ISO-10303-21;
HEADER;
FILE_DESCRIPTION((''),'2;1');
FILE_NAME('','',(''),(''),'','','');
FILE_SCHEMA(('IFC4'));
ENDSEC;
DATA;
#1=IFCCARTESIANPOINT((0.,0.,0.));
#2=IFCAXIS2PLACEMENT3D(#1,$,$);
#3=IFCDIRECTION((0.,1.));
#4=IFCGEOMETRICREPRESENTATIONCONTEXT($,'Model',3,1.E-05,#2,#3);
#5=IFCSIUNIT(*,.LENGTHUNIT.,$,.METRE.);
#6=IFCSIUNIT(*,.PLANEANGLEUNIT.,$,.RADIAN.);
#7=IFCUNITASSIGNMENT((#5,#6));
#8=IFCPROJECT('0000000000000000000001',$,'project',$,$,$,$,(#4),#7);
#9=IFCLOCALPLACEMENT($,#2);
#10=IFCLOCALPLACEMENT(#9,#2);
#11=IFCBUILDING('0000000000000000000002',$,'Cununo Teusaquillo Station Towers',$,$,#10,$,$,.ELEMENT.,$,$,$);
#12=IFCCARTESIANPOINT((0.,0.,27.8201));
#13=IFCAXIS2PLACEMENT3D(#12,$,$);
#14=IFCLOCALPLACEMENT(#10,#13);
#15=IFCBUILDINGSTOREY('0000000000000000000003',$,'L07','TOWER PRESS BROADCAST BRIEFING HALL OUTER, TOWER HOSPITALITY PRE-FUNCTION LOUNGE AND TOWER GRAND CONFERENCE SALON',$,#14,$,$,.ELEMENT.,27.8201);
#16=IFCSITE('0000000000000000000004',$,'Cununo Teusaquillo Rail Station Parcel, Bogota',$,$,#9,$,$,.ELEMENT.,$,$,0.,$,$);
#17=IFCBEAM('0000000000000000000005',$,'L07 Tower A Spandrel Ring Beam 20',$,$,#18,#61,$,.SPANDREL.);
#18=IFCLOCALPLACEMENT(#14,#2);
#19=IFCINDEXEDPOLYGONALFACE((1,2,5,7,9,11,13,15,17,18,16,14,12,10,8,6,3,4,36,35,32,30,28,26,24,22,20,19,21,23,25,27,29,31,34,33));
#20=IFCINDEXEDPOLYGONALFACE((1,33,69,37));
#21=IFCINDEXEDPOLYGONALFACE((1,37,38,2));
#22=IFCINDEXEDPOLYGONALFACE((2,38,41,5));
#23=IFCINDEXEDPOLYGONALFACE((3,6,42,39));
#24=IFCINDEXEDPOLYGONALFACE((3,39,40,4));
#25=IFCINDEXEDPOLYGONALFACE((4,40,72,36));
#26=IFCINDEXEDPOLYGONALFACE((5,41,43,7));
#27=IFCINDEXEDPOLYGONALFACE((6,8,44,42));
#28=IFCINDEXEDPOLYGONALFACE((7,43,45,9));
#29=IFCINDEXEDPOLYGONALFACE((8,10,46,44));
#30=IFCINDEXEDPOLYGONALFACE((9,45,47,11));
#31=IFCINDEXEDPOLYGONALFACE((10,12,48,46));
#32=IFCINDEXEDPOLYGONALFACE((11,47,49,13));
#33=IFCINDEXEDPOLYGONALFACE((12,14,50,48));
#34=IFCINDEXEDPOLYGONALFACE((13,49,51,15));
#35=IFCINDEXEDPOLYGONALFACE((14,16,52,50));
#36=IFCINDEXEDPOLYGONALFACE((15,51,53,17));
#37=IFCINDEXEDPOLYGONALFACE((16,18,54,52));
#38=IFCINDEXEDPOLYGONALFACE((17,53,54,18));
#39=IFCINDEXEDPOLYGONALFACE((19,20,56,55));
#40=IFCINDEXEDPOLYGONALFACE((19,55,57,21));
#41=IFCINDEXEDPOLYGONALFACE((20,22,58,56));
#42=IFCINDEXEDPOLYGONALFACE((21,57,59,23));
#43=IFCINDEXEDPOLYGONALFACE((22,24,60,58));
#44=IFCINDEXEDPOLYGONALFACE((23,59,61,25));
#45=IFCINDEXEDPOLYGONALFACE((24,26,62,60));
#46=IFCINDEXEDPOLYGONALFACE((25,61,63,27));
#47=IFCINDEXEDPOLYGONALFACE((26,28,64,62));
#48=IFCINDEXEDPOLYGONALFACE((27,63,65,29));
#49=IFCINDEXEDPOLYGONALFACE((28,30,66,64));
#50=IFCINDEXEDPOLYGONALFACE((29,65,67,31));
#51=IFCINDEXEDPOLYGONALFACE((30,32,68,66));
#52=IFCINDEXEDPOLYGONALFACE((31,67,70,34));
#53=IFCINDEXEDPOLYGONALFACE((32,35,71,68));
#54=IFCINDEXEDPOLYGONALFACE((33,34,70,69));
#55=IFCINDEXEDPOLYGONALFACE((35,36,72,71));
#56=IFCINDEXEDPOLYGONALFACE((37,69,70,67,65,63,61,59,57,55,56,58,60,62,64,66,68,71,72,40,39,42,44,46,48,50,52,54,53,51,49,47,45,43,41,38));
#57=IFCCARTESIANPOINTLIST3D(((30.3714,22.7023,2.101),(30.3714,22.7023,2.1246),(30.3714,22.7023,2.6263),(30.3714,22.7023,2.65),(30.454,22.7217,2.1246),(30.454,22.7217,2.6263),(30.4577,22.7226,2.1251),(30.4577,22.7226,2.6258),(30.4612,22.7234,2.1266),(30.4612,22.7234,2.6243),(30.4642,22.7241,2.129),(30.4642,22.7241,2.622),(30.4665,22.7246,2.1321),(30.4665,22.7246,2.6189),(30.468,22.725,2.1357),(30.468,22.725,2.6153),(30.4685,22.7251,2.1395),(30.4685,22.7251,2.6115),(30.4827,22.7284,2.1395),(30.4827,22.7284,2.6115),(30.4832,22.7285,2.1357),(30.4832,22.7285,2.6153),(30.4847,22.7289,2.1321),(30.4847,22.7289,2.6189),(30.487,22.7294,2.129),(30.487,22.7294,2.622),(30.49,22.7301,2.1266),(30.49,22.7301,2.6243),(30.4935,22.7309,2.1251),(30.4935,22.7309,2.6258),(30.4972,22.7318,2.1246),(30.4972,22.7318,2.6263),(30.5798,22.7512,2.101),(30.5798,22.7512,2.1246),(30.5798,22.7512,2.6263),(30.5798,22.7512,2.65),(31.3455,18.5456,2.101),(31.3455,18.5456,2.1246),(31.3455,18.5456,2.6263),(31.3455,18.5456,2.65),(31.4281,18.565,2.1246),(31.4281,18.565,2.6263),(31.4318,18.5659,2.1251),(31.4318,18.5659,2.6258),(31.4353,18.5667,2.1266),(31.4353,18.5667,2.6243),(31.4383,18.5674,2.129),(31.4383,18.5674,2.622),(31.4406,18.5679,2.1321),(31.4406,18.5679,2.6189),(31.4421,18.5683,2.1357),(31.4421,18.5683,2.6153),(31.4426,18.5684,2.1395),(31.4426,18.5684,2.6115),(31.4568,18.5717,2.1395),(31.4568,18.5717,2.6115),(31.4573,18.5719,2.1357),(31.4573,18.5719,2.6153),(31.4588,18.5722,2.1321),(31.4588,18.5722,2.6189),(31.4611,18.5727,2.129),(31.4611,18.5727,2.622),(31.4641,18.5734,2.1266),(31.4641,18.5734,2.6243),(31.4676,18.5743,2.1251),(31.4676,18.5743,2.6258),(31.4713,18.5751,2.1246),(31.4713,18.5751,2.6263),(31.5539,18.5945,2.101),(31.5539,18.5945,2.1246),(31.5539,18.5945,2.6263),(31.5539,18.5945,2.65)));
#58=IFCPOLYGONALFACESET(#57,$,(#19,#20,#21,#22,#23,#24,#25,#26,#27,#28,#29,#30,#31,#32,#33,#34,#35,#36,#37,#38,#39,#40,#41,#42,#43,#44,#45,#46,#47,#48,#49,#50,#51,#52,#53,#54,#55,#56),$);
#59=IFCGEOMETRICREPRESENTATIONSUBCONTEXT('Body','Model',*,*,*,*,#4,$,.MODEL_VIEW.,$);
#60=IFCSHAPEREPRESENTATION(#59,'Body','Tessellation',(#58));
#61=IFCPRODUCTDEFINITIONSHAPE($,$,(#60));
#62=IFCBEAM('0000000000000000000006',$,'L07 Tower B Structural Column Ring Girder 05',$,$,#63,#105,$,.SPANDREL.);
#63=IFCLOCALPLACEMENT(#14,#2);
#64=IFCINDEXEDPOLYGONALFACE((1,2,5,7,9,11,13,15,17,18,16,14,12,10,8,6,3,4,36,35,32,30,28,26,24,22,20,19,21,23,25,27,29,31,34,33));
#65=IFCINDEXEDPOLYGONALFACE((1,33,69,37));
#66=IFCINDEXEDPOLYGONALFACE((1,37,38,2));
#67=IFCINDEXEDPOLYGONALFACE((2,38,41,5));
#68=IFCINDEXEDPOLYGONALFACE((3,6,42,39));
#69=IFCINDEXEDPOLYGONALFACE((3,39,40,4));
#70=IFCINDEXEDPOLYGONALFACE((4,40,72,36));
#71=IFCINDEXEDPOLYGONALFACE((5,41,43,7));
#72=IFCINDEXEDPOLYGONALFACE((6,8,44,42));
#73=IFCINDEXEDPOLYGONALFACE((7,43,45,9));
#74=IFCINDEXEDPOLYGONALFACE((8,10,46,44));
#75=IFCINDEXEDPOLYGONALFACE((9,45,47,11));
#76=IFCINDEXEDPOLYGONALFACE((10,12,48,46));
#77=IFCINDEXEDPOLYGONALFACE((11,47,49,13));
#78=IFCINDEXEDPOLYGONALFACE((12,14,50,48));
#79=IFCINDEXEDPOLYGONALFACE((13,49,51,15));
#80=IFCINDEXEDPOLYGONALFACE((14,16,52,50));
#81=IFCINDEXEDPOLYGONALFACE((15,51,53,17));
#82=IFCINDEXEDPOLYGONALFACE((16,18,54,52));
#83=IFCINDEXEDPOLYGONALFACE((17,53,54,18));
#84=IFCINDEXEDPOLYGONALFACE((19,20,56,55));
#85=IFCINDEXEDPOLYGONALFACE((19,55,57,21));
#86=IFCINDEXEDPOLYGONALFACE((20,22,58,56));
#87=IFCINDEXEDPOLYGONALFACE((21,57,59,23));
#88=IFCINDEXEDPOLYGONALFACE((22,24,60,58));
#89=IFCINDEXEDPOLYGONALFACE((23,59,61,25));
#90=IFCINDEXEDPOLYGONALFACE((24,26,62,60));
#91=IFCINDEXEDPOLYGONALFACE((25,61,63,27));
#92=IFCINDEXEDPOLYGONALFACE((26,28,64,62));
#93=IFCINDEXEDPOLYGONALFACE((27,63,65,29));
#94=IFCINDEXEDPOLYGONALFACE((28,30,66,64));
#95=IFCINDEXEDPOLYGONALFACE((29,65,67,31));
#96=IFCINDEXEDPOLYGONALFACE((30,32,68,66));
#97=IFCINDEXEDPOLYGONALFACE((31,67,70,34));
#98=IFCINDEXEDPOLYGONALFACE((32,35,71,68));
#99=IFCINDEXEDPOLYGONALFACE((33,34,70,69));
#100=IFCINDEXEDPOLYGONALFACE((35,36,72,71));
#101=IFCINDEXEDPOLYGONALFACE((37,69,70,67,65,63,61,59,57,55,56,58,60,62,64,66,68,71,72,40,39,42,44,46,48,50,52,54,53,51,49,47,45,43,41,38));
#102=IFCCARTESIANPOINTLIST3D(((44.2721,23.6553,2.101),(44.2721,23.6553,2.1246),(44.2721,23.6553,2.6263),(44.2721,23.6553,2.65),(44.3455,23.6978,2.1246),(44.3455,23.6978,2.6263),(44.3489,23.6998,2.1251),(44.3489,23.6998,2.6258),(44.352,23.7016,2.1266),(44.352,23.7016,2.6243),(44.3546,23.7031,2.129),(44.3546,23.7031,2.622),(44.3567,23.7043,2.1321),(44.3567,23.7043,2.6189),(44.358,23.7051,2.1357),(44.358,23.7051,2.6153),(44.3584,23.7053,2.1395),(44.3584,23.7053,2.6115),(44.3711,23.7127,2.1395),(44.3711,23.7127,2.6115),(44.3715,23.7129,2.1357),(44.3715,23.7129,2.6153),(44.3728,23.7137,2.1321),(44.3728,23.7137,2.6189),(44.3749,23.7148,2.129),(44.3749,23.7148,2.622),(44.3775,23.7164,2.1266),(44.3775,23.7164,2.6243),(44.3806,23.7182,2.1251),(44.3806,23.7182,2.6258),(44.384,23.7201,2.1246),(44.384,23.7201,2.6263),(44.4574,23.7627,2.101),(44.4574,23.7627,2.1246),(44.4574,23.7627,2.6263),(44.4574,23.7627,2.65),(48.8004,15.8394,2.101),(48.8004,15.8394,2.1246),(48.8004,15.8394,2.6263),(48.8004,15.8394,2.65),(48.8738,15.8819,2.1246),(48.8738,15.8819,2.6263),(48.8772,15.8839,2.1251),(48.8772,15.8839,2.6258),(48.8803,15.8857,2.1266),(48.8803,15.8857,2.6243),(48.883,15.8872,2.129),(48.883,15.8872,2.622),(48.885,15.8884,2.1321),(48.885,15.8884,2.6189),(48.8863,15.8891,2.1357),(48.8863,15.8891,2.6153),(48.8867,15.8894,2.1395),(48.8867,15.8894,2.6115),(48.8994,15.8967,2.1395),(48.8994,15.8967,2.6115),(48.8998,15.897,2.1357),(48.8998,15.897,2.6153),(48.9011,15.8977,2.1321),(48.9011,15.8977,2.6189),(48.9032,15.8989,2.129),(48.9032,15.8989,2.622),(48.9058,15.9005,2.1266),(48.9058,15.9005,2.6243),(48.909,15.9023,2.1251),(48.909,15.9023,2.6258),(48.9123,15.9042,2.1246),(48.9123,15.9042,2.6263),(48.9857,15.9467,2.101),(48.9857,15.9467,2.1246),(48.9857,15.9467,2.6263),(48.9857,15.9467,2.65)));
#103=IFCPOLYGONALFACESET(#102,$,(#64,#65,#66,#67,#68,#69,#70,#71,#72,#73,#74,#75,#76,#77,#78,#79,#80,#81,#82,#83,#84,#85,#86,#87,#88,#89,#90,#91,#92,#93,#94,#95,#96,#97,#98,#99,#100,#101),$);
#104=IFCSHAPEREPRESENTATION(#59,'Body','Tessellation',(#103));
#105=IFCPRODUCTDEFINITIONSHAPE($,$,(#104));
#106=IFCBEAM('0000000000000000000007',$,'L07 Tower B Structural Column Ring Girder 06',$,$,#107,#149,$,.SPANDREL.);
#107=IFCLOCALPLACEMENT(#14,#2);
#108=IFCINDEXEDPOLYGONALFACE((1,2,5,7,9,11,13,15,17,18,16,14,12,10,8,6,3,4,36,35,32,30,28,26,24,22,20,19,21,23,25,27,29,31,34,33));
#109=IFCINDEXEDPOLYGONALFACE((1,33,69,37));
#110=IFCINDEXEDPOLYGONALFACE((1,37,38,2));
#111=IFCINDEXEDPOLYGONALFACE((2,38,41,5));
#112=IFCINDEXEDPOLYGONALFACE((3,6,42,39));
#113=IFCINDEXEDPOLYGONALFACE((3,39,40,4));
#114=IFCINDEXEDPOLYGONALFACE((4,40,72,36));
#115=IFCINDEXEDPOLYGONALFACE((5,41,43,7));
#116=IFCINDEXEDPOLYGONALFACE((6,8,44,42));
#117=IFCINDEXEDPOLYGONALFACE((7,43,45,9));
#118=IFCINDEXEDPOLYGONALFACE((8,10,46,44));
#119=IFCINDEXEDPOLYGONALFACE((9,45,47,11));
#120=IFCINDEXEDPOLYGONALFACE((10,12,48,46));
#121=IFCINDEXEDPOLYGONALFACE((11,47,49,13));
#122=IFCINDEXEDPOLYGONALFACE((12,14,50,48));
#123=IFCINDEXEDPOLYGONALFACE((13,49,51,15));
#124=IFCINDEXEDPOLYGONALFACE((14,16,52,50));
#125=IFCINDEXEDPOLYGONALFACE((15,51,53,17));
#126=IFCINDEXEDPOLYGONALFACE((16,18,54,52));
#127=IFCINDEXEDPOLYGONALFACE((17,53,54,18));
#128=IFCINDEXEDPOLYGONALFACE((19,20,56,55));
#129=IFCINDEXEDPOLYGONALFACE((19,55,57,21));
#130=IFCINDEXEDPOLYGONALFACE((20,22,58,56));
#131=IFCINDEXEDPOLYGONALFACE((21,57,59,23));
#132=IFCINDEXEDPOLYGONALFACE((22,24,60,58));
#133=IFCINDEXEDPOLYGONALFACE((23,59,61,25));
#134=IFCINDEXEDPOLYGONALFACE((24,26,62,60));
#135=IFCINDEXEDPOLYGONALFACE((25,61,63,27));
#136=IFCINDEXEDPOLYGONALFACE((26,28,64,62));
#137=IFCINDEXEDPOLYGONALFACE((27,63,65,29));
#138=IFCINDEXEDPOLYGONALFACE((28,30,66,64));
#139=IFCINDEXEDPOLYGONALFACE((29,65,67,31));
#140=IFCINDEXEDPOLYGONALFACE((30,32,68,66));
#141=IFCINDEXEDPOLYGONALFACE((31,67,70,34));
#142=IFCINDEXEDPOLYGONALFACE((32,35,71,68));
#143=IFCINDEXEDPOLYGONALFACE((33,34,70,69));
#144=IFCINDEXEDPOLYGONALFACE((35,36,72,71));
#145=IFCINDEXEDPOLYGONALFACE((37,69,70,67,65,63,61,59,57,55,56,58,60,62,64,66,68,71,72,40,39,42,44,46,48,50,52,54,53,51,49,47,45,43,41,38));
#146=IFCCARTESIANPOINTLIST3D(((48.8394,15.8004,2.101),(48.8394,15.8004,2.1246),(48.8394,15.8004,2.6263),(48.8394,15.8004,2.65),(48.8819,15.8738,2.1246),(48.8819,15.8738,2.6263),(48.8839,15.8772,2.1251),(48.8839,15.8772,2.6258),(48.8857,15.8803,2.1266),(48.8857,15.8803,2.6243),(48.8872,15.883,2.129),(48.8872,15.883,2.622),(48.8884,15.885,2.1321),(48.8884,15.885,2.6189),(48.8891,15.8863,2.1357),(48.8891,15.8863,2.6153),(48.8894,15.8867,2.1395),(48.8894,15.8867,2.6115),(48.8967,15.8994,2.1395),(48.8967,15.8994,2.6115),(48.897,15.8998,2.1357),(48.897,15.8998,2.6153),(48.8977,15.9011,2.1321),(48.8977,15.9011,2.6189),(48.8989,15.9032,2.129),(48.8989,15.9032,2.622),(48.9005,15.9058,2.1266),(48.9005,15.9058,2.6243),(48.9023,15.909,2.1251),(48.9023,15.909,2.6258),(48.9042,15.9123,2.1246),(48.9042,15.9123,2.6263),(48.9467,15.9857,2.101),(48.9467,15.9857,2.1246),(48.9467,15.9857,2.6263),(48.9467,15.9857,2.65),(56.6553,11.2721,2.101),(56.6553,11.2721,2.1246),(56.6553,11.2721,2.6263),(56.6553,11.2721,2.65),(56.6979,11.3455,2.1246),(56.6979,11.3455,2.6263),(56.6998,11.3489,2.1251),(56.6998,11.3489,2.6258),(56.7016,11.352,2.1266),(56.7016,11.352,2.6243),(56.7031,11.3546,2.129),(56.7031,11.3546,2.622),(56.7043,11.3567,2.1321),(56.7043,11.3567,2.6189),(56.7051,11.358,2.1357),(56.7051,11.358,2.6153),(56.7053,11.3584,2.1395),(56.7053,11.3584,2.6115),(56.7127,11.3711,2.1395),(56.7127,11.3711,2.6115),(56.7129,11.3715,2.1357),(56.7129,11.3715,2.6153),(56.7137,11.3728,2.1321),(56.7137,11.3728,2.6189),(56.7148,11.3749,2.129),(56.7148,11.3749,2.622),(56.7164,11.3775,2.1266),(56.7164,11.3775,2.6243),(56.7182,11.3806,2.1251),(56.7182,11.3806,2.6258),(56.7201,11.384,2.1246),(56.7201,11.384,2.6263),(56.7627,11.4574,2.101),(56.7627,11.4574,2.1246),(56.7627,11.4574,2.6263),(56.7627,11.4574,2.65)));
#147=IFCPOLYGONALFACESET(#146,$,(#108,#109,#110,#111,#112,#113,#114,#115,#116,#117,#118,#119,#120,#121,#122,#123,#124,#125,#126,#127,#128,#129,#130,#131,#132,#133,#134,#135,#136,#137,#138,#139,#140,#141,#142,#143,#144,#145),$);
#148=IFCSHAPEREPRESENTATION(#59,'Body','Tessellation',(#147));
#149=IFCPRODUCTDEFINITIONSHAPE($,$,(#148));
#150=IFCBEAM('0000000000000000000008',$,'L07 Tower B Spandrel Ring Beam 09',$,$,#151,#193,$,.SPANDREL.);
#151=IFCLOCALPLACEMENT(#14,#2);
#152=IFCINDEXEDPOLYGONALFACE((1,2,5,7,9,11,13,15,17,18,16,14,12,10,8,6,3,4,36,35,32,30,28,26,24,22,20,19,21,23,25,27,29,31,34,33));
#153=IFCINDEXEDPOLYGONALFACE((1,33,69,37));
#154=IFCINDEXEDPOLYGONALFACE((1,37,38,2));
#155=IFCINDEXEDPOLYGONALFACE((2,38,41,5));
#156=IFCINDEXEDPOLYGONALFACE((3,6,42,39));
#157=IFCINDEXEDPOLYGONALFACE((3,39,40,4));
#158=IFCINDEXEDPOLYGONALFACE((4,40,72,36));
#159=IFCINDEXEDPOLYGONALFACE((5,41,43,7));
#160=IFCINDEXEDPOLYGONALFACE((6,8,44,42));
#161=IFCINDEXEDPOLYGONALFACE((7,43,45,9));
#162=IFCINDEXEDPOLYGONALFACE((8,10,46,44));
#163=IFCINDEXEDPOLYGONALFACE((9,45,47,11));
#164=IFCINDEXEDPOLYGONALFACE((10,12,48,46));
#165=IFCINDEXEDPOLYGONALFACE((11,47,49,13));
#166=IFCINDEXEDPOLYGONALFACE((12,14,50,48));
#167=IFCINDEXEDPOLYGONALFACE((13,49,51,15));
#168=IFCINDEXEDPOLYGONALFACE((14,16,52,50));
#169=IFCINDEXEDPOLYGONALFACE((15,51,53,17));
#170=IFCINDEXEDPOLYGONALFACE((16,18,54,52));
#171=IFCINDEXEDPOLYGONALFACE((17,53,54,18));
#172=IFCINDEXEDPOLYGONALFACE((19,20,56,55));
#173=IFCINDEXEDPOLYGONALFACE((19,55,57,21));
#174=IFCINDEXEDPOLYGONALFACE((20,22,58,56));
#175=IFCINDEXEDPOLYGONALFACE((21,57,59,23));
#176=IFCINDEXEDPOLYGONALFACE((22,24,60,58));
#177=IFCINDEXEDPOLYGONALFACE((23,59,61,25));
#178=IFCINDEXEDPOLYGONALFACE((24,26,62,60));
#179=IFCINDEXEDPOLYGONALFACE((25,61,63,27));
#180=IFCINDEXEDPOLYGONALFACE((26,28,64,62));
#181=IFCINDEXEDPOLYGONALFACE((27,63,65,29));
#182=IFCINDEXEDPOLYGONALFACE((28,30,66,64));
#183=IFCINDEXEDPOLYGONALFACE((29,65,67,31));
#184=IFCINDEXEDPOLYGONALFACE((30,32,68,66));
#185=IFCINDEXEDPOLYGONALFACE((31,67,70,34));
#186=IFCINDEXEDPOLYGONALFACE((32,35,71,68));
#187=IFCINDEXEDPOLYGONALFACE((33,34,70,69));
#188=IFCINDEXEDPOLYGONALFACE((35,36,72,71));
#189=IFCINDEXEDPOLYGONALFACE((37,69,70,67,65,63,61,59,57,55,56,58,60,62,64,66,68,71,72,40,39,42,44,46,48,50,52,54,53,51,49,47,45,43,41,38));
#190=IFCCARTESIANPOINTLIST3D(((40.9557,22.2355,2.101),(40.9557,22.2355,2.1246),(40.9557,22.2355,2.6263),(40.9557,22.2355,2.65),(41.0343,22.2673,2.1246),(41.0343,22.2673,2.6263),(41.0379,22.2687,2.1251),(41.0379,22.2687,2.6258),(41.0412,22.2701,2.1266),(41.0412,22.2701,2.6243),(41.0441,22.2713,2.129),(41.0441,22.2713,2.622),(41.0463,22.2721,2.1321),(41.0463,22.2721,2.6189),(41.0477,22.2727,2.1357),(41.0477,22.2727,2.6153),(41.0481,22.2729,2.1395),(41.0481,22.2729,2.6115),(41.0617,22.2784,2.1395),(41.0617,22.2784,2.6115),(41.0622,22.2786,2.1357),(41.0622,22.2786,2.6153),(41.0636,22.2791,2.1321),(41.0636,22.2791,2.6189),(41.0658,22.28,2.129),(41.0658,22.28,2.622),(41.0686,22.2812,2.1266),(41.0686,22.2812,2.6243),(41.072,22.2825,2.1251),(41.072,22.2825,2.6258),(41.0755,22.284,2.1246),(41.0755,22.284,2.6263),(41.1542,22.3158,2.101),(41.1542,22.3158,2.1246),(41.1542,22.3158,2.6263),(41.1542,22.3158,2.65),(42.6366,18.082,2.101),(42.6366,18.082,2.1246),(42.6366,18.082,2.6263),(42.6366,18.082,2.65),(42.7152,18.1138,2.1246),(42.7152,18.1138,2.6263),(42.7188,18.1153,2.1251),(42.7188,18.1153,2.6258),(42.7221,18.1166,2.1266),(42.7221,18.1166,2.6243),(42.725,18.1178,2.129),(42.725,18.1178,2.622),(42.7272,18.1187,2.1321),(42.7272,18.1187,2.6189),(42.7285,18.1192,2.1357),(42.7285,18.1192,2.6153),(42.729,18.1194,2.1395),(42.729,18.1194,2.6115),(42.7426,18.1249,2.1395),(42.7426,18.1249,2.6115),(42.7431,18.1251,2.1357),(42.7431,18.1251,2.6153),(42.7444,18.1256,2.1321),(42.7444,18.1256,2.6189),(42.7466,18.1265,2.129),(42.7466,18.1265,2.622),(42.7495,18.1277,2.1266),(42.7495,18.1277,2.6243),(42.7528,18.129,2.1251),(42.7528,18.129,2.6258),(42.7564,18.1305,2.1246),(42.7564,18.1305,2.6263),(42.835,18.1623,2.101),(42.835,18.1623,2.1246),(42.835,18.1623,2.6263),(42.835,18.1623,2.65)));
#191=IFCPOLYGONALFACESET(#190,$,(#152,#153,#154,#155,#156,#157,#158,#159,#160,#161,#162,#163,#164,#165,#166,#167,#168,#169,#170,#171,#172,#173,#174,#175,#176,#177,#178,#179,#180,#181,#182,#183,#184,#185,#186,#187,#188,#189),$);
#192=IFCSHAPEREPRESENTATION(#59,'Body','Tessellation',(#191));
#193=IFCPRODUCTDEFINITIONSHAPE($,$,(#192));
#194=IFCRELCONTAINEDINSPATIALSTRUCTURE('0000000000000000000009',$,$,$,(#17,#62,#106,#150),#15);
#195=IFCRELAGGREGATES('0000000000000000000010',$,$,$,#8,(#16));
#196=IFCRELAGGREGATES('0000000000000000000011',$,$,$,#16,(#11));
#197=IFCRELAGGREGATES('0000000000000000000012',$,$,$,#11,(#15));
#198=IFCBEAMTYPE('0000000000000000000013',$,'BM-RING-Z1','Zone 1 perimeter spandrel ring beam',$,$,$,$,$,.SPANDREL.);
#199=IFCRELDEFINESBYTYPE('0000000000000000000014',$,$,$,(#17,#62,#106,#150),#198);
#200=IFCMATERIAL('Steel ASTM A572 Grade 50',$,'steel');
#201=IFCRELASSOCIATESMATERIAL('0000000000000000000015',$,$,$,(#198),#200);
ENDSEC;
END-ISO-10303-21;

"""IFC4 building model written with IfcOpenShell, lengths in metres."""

from ifc_helpers import new_model, si_unit, direction, frame, origin, origin_2d, place, context, subcontext, project, spatial, i_section, extrude, material, material_profile, profile_set, type_object, element, save


model = new_model("IFC4")

# Units and contexts
model_context = context("Model", 3, precision=1e-05, world=origin(), true_north=direction((0.0, 1.0)))
body_context = subcontext(model_context, "Body", "Model", "MODEL_VIEW")
ifc_project = project(units=[si_unit("LENGTHUNIT", "METRE"), si_unit("PLANEANGLEUNIT", "RADIAN")], contexts=[model_context])

# Site, building, storey
site_placement = place(None, origin())
site = spatial("IfcSite", under=ifc_project, at=site_placement, Name="Cununo Teusaquillo Rail Station Parcel, Bogota", CompositionType="ELEMENT", RefElevation=0.0)
building_placement = place(site_placement, origin())
building = spatial("IfcBuilding", under=site, at=building_placement, Name="Cununo Teusaquillo Station Towers", CompositionType="ELEMENT")
storey_placement = place(building_placement, frame((0.0, 0.0, 27.8201)))
storey = spatial("IfcBuildingStorey", under=building, at=storey_placement, Name="L07", Description="TOWER PRESS BROADCAST BRIEFING HALL OUTER, TOWER HOSPITALITY PRE-FUNCTION LOUNGE AND TOWER GRAND CONFERENCE SALON", CompositionType="ELEMENT", Elevation=27.8201)

# Beams
ifc_material_1 = material(Name="Steel ASTM A572 Grade 50", Category="steel")
ifc_material_profile_1 = material_profile(ifc_material_1, i_section(OverallWidth=0.2141, OverallDepth=0.5491, WebThickness=0.0146, FlangeThickness=0.0237, FilletRadius=0.0149, at=origin_2d()), Name="W21X93")
ifc_profile_set_1 = profile_set([ifc_material_profile_1], Name="Steel ASTM A572 Grade 50")
beam_type_1 = type_object("IfcBeamType", Name="BM-RING-Z1", Description="Zone 1 perimeter spandrel ring beam", PredefinedType="SPANDREL", material=ifc_profile_set_1)
beam_1_placement = place(storey_placement, frame((31.4497, 18.5701, 2.3755), z_axis=(-0.228166, 0.973622, 0.0), x_axis=(-0.973622, -0.228166, 0.0)))
element("IfcBeam", 1, at=beam_1_placement, inside=storey, type_object=beam_type_1, Name="L07 Tower A Spandrel Ring Beam 20", PredefinedType="SPANDREL", context=body_context, shape_type="SweptSolid", body=[
    extrude(i_section(OverallWidth=0.2141, OverallDepth=0.5491, WebThickness=0.0146, FlangeThickness=0.0237, FilletRadius=0.0149, at=origin_2d()), origin(), (0.0, 0.0, 1.0), 4.2693),
])
for number, where, z_axis, x_axis, name in (
    (2, (44.3647, 23.709, 2.3755), (0.501311, -0.865267, 0.0), (0.865267, 0.501311, 0.0), "L07 Tower B Structural Column Ring Girder 05"),
    (3, (48.8931, 15.8931, 2.3755), (0.865267, -0.501311, 0.0), (0.501311, 0.865267, 0.0), "L07 Tower B Structural Column Ring Girder 06"),
):
    element("IfcBeam", number, at=place(storey_placement, frame(where, z_axis=z_axis, x_axis=x_axis)), inside=storey, type_object=beam_type_1, Name=name, PredefinedType="SPANDREL", context=body_context, shape_type="SweptSolid", body=[
        extrude(i_section(OverallWidth=0.2141, OverallDepth=0.5491, WebThickness=0.0146, FlangeThickness=0.0237, FilletRadius=0.0149, at=origin_2d()), origin(), (0.0, 0.0, 1.0), 9.033),
    ])
beam_2_placement = place(storey_placement, frame((41.0549, 22.2756, 2.3755), z_axis=(0.375136, -0.92697, 0.0), x_axis=(0.92697, 0.375136, 0.0)))
element("IfcBeam", 4, at=beam_2_placement, inside=storey, type_object=beam_type_1, Name="L07 Tower B Spandrel Ring Beam 09", PredefinedType="SPANDREL", context=body_context, shape_type="SweptSolid", body=[
    extrude(i_section(OverallWidth=0.2141, OverallDepth=0.5491, WebThickness=0.0146, FlangeThickness=0.0237, FilletRadius=0.0149, at=origin_2d()), origin(), (0.0, 0.0, 1.0), 4.4807),
])

save(model, "model.ifc")
